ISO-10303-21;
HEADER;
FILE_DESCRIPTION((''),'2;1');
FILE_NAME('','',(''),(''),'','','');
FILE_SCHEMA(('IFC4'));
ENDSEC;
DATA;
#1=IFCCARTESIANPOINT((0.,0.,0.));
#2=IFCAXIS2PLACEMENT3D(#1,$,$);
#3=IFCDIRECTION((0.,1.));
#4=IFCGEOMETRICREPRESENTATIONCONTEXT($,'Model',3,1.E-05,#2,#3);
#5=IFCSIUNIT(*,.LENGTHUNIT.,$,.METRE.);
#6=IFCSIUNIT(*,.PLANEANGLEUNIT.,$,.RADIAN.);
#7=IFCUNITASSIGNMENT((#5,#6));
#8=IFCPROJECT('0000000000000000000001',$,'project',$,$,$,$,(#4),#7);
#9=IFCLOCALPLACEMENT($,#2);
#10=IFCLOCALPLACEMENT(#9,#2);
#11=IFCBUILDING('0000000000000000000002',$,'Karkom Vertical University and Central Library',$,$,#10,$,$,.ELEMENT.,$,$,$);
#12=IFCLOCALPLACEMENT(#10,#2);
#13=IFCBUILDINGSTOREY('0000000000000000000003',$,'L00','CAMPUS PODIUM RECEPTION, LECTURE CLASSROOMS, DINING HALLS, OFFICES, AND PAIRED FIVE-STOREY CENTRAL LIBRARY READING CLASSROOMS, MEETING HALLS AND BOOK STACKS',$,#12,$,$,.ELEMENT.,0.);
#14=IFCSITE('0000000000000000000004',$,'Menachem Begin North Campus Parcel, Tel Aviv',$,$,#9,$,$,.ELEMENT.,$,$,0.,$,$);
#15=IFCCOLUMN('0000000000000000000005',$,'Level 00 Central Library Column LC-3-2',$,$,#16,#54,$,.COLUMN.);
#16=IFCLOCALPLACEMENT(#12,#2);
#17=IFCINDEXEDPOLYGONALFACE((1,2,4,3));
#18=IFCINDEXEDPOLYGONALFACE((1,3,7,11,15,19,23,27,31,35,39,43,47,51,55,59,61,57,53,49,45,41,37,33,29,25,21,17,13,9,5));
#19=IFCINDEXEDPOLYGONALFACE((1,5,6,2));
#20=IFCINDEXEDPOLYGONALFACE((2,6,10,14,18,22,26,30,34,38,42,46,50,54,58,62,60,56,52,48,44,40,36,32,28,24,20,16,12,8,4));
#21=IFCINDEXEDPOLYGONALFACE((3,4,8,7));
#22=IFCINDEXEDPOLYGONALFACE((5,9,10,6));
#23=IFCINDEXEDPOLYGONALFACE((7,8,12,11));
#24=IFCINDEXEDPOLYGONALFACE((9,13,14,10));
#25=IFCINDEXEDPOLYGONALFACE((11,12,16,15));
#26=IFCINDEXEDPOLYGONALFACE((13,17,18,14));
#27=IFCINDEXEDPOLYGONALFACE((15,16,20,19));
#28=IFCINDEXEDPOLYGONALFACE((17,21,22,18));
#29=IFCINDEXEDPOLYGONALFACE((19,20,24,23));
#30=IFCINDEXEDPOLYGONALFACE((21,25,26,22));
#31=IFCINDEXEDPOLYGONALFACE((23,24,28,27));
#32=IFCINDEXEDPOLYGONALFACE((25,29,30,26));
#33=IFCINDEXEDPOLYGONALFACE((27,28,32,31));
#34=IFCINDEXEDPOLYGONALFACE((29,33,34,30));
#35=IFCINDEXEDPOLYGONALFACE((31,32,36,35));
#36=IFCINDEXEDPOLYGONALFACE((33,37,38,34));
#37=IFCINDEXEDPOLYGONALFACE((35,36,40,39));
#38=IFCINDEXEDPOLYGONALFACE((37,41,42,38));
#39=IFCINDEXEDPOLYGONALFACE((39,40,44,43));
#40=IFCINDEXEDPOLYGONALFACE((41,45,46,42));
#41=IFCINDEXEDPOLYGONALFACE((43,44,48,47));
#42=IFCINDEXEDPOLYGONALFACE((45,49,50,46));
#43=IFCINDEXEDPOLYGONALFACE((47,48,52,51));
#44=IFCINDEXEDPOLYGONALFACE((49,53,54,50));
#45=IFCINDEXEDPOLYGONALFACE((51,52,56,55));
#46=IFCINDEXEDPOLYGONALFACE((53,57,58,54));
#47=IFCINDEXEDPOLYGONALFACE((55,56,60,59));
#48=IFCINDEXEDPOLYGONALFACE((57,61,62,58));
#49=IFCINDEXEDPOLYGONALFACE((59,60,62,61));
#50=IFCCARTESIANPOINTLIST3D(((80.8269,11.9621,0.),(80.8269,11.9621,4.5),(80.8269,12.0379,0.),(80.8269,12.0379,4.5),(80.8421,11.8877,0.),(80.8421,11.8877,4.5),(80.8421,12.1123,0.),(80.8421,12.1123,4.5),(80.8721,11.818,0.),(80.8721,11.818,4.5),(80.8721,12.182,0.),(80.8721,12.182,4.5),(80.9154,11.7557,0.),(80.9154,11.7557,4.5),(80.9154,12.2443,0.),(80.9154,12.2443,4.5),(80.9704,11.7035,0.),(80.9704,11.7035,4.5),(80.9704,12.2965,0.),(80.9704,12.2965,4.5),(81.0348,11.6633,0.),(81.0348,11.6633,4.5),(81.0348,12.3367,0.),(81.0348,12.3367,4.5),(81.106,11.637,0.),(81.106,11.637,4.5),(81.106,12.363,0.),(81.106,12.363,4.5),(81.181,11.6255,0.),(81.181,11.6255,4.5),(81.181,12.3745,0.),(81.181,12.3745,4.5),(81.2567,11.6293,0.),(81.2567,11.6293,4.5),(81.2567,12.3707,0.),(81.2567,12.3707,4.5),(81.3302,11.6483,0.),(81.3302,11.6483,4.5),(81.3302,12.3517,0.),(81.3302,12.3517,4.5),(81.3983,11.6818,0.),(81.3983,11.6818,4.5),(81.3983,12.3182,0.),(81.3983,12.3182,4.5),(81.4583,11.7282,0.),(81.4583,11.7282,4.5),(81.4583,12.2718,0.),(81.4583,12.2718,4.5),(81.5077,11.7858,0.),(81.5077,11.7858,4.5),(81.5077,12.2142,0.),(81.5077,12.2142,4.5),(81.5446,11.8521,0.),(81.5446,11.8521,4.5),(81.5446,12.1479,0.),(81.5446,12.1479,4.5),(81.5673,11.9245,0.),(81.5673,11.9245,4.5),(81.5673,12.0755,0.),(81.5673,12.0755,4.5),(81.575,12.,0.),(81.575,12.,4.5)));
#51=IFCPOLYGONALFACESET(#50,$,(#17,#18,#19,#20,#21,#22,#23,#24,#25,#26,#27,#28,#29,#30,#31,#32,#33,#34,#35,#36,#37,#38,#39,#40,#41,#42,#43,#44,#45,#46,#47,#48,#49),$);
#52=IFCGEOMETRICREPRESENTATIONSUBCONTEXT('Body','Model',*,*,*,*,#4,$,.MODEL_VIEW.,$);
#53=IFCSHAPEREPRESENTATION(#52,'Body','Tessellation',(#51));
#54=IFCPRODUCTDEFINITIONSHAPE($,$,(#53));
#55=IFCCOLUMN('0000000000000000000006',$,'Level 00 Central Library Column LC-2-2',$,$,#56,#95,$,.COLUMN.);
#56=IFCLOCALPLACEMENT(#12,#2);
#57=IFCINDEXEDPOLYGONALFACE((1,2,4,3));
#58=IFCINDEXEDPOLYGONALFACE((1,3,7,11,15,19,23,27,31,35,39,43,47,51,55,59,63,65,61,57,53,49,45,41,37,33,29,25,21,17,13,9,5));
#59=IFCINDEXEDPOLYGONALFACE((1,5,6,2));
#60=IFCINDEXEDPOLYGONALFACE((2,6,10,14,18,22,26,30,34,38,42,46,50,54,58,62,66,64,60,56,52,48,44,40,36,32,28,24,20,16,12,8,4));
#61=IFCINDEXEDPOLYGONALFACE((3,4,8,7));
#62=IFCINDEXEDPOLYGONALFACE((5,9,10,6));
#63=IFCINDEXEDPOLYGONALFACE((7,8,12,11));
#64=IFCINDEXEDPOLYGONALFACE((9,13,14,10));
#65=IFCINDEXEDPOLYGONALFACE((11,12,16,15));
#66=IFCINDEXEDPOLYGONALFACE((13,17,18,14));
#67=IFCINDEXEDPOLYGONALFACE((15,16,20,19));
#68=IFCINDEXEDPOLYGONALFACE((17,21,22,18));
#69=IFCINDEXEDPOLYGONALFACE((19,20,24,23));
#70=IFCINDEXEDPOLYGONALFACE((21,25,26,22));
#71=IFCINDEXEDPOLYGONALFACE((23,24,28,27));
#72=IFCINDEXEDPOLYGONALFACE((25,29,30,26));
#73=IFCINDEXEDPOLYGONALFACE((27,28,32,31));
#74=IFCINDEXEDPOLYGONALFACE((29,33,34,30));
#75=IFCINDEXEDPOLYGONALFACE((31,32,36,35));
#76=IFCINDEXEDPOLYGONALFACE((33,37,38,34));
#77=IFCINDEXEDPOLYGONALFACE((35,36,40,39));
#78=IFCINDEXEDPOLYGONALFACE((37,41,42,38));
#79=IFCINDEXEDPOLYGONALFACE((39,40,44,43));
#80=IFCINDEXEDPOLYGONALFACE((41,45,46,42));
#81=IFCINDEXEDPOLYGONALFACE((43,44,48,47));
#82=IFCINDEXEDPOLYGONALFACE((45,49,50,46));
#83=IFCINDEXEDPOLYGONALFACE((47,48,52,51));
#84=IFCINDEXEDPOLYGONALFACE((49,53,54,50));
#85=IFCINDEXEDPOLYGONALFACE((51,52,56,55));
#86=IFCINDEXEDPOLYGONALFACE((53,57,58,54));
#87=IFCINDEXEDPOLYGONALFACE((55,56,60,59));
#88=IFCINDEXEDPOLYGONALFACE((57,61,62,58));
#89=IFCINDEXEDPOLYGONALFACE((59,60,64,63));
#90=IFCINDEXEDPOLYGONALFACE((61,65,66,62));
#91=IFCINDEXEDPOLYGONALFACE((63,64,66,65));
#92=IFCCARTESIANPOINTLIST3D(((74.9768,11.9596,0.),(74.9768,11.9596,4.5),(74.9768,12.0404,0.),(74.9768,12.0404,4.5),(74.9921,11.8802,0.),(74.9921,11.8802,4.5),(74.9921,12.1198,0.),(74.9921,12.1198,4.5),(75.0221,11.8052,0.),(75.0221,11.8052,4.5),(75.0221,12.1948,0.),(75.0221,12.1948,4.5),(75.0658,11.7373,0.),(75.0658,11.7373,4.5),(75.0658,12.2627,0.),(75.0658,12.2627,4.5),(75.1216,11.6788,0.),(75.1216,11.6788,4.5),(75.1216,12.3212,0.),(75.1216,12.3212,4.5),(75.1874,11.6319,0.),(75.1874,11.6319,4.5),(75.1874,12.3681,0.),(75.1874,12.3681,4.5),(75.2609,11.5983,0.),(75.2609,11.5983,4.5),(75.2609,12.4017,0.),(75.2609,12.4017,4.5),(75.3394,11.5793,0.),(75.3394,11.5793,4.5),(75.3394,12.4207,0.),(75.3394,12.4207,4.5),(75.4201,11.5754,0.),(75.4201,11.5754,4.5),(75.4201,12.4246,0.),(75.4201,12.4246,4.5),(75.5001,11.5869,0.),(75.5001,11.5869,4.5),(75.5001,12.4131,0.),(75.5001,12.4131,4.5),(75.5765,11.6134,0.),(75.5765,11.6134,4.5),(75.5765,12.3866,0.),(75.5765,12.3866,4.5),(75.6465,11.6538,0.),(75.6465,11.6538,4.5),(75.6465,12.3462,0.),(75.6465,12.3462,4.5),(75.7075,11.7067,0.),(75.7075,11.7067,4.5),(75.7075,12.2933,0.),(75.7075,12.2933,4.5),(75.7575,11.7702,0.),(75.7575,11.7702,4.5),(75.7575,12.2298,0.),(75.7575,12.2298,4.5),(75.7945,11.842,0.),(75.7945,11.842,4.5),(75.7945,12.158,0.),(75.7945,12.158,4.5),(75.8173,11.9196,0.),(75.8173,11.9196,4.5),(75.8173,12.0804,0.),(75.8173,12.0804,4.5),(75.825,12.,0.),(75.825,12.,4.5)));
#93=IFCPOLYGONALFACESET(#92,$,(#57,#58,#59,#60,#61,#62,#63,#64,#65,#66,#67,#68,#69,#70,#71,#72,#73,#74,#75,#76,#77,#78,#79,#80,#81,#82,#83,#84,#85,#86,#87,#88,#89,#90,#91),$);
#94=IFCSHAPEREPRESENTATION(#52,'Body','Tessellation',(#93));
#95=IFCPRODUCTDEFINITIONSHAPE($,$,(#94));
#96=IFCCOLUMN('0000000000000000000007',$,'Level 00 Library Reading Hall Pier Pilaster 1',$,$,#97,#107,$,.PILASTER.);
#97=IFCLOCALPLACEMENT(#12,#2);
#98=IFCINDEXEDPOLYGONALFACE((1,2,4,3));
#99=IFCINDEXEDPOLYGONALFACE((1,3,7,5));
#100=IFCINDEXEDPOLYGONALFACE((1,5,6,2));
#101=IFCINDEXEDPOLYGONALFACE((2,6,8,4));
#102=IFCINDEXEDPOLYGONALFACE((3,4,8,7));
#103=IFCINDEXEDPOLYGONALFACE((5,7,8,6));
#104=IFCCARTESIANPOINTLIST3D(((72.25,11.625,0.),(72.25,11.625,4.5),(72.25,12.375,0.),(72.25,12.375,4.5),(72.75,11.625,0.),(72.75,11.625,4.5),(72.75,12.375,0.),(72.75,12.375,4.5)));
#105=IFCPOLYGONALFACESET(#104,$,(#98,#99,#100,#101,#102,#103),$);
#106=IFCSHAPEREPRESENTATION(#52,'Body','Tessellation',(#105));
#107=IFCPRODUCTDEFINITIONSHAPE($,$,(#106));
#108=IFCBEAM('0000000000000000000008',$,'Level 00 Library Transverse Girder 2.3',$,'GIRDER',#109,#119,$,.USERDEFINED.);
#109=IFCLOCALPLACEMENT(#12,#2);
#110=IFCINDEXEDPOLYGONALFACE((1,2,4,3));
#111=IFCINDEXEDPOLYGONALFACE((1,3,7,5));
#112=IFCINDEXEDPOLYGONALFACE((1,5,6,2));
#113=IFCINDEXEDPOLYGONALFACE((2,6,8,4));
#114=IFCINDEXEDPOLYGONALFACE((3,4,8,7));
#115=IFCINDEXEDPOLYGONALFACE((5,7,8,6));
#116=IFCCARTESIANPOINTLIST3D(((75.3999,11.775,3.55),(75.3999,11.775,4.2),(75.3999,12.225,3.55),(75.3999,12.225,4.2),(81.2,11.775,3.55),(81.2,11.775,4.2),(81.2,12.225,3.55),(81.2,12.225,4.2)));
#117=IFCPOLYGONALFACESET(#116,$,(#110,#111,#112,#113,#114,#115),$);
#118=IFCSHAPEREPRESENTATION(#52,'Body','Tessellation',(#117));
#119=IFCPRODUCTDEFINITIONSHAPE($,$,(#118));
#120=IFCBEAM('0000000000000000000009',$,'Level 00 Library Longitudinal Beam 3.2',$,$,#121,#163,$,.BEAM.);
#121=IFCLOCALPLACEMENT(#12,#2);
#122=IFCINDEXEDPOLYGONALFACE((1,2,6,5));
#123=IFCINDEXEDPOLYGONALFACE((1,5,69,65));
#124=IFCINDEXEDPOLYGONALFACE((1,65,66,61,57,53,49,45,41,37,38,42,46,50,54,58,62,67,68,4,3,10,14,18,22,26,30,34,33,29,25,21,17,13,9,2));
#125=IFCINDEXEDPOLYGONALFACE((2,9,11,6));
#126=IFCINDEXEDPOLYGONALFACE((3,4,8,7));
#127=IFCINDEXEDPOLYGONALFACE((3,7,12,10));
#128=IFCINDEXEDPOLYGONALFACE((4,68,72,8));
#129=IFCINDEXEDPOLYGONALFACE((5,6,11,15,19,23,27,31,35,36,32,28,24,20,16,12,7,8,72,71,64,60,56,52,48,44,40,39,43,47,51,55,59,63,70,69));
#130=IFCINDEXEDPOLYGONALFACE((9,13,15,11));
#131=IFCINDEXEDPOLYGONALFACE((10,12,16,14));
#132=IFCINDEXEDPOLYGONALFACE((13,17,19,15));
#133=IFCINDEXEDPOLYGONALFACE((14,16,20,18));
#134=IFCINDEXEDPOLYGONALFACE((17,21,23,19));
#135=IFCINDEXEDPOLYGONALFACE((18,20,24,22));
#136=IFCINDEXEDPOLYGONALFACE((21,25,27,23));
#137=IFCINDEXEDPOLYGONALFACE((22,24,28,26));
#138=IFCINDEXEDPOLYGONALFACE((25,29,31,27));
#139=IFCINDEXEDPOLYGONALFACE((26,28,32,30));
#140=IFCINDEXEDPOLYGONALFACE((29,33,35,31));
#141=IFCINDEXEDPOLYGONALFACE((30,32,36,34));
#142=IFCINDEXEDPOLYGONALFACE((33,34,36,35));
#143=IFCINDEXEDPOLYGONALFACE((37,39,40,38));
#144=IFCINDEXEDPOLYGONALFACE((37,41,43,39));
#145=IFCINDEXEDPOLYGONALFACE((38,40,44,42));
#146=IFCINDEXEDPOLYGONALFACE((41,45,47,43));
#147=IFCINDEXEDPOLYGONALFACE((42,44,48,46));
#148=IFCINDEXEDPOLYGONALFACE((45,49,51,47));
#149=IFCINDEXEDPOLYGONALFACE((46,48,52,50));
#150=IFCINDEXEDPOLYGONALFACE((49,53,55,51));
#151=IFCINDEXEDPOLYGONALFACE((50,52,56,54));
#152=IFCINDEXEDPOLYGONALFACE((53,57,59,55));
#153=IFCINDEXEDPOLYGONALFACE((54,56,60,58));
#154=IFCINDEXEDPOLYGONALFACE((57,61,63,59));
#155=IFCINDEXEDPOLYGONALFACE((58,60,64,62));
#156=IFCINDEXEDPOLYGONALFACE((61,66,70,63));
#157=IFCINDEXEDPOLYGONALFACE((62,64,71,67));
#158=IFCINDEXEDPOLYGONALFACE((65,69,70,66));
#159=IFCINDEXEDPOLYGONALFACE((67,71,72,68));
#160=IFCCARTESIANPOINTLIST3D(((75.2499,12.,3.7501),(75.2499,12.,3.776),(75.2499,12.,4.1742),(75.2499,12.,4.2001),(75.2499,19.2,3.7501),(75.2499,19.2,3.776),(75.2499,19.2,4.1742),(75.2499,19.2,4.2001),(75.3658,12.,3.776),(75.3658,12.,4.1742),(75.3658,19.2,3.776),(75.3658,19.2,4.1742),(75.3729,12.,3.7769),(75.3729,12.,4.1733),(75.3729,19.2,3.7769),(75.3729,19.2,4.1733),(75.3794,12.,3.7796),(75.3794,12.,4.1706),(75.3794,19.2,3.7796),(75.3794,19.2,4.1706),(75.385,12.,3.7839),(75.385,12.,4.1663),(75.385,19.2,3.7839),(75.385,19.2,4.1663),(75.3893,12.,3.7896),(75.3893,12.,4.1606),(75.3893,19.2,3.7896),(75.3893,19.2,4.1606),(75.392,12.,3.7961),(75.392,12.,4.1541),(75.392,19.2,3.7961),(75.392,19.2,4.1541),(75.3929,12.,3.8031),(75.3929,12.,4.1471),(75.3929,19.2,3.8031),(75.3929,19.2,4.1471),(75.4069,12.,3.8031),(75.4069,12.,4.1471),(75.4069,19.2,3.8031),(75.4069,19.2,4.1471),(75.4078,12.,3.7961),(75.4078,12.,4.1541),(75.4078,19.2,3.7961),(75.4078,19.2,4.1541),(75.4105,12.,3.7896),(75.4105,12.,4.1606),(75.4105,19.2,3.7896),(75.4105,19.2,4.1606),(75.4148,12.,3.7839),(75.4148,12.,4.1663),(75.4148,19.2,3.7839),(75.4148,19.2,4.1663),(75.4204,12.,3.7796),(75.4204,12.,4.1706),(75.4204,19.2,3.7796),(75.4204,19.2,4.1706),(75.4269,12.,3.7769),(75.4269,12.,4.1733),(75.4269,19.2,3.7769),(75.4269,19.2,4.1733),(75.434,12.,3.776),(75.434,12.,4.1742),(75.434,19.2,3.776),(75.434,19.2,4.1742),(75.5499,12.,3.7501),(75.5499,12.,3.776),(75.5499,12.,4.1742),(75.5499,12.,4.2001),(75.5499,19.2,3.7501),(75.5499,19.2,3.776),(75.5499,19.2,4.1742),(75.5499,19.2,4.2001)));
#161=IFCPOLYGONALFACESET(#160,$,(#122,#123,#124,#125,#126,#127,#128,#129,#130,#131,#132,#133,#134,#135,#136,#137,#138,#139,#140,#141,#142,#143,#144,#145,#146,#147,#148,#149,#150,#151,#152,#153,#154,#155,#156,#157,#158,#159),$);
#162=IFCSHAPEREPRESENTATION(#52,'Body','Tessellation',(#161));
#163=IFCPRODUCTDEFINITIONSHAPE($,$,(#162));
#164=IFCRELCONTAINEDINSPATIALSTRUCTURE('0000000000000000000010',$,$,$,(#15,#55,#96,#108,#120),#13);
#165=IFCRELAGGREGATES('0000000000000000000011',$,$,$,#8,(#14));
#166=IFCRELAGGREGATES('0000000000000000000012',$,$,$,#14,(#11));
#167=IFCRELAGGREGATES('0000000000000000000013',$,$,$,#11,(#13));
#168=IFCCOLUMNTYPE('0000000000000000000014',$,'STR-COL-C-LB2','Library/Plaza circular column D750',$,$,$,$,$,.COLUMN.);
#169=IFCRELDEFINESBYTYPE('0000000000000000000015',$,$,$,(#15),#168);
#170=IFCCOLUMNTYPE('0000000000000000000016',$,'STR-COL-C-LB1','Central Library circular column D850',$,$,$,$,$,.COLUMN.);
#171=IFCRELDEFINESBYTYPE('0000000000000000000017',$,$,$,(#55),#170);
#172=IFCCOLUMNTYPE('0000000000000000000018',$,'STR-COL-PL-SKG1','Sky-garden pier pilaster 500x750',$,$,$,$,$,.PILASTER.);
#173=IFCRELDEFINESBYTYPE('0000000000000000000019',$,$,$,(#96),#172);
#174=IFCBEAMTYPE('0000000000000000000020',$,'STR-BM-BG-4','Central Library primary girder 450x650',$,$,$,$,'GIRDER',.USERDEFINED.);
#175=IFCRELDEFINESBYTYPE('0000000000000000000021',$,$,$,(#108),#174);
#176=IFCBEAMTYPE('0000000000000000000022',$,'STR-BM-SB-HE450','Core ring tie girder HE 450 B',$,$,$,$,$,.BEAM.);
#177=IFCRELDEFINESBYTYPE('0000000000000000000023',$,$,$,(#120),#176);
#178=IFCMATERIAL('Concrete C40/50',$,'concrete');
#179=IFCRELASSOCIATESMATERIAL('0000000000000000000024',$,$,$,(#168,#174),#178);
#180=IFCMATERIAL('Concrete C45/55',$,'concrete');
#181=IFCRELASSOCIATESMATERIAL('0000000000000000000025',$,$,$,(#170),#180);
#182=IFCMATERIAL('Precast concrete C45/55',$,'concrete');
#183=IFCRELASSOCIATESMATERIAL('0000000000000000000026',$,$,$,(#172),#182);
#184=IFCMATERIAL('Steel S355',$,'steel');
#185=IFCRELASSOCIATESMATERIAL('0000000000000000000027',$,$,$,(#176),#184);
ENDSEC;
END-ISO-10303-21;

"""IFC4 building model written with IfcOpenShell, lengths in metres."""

from ifc_helpers import new_model, si_unit, direction, frame, origin, origin_with_axes, origin_2d, place, context, subcontext, project, spatial, rectangle, circle, i_section, extrude, source, transform, mapped, material, material_profile, profile_set, type_object, element, save


model = new_model("IFC4")

# Units and contexts
model_context = context("Model", 3, precision=1e-05, world=origin(), true_north=direction((0.0, 1.0)))
body_context = subcontext(model_context, "Body", "Model", "MODEL_VIEW")
ifc_project = project(units=[si_unit("LENGTHUNIT", "METRE"), si_unit("PLANEANGLEUNIT", "RADIAN")], contexts=[model_context])

# Site, building, storey
site_placement = place(None, origin())
site = spatial("IfcSite", under=ifc_project, at=site_placement, Name="Menachem Begin North Campus Parcel, Tel Aviv", CompositionType="ELEMENT", RefElevation=0.0)
building_placement = place(site_placement, origin())
building = spatial("IfcBuilding", under=site, at=building_placement, Name="Karkom Vertical University and Central Library", CompositionType="ELEMENT")
storey_placement = place(building_placement, origin())
storey = spatial("IfcBuildingStorey", under=building, at=storey_placement, Name="L00", Description="CAMPUS PODIUM RECEPTION, LECTURE CLASSROOMS, DINING HALLS, OFFICES, AND PAIRED FIVE-STOREY CENTRAL LIBRARY READING CLASSROOMS, MEETING HALLS AND BOOK STACKS", CompositionType="ELEMENT", Elevation=0.0)

# Columns
ifc_material_1 = material(Name="Concrete C40/50", Category="concrete")
ifc_material_profile_1 = material_profile(ifc_material_1, circle(Radius=0.375, at=origin_2d()), Name="RC-D750")
ifc_profile_set_1 = profile_set([ifc_material_profile_1], Name="Concrete C40/50")
column_type_1 = type_object("IfcColumnType", Name="STR-COL-C-LB2", Description="Library/Plaza circular column D750", PredefinedType="COLUMN", material=ifc_profile_set_1)
shared_shape_1 = source(origin_with_axes(), body_context, "Body", "SweptSolid", [
    extrude(circle(Radius=0.375, at=origin_2d()), origin(), (0.0, 0.0, 1.0), 4.5),
])
column_1_placement = place(storey_placement, frame((81.2, 12.0, 0.0), z_axis=(0.0, 0.0, 1.0), x_axis=(1.0, 0.0, 0.0)))
element("IfcColumn", 1, at=column_1_placement, inside=storey, type_object=column_type_1, Name="Level 00 Central Library Column LC-3-2", PredefinedType="COLUMN", context=body_context, shape_type="MappedRepresentation", body=[
    mapped(shared_shape_1, transform((0.0, 0.0, 0.0), scale=1.0)),
])
ifc_material_2 = material(Name="Concrete C45/55", Category="concrete")
ifc_material_profile_2 = material_profile(ifc_material_2, circle(Radius=0.425, at=origin_2d()), Name="RC-D850")
ifc_profile_set_2 = profile_set([ifc_material_profile_2], Name="Concrete C45/55")
column_type_2 = type_object("IfcColumnType", Name="STR-COL-C-LB1", Description="Central Library circular column D850", PredefinedType="COLUMN", material=ifc_profile_set_2)
shared_shape_2 = source(origin_with_axes(), body_context, "Body", "SweptSolid", [
    extrude(circle(Radius=0.425, at=origin_2d()), origin(), (0.0, 0.0, 1.0), 4.5),
])
column_2_placement = place(storey_placement, frame((75.3999, 12.0, 0.0), z_axis=(0.0, 0.0, 1.0), x_axis=(1.0, 0.0, 0.0)))
element("IfcColumn", 2, at=column_2_placement, inside=storey, type_object=column_type_2, Name="Level 00 Central Library Column LC-2-2", PredefinedType="COLUMN", context=body_context, shape_type="MappedRepresentation", body=[
    mapped(shared_shape_2, transform((0.0, 0.0, 0.0), scale=1.0)),
])
ifc_material_3 = material(Name="Precast concrete C45/55", Category="concrete")
ifc_material_profile_3 = material_profile(ifc_material_3, rectangle(XDim=0.5, YDim=0.75, at=origin_2d()), Name="PIL-500x750")
ifc_profile_set_3 = profile_set([ifc_material_profile_3], Name="Precast concrete C45/55")
column_type_3 = type_object("IfcColumnType", Name="STR-COL-PL-SKG1", Description="Sky-garden pier pilaster 500x750", PredefinedType="PILASTER", material=ifc_profile_set_3)
shared_shape_3 = source(origin_with_axes(), body_context, "Body", "SweptSolid", [
    extrude(rectangle(XDim=0.5, YDim=0.75, at=origin_2d()), origin(), (0.0, 0.0, 1.0), 4.5),
])
column_3_placement = place(storey_placement, frame((72.5, 12.0, 0.0), z_axis=(0.0, 0.0, 1.0), x_axis=(1.0, 0.0, 0.0)))
element("IfcColumn", 3, at=column_3_placement, inside=storey, type_object=column_type_3, Name="Level 00 Library Reading Hall Pier Pilaster 1", PredefinedType="PILASTER", context=body_context, shape_type="MappedRepresentation", body=[
    mapped(shared_shape_3, transform((0.0, 0.0, 0.0), scale=1.0)),
])

# Beams
ifc_material_profile_4 = material_profile(ifc_material_1, rectangle(XDim=0.45, YDim=0.6499, at=origin_2d()), Name="RCB-450x650")
ifc_profile_set_4 = profile_set([ifc_material_profile_4], Name="Concrete C40/50")
beam_type_1 = type_object("IfcBeamType", Name="STR-BM-BG-4", Description="Central Library primary girder 450x650", ElementType="GIRDER", PredefinedType="USERDEFINED", material=ifc_profile_set_4)
shared_shape_4 = source(origin_with_axes(), body_context, "Body", "SweptSolid", [
    extrude(rectangle(XDim=0.45, YDim=0.6499, at=origin_2d()), origin(), (0.0, 0.0, 1.0), 5.8),
])
beam_placement = place(storey_placement, frame((75.3999, 12.0, 3.875), z_axis=(1.0, 0.0, 0.0), x_axis=(0.0, 1.0, 0.0)))
element("IfcBeam", 4, at=beam_placement, inside=storey, type_object=beam_type_1, Name="Level 00 Library Transverse Girder 2.3", ObjectType="GIRDER", PredefinedType="USERDEFINED", context=body_context, shape_type="MappedRepresentation", body=[
    mapped(shared_shape_4, transform((0.0, 0.0, 0.0), scale=1.0)),
])
ifc_material_4 = material(Name="Steel S355", Category="steel")
ifc_material_profile_5 = material_profile(ifc_material_4, i_section(OverallWidth=0.3, OverallDepth=0.45, WebThickness=0.0139, FlangeThickness=0.0259, FilletRadius=0.0271, at=origin_2d()), Name="HE 450 B")
ifc_profile_set_5 = profile_set([ifc_material_profile_5], Name="Steel S355")
beam_type_2 = type_object("IfcBeamType", Name="STR-BM-SB-HE450", Description="Core ring tie girder HE 450 B", PredefinedType="BEAM", material=ifc_profile_set_5)
shared_shape_5 = source(origin_with_axes(), body_context, "Body", "SweptSolid", [
    extrude(i_section(OverallWidth=0.3, OverallDepth=0.45, WebThickness=0.0139, FlangeThickness=0.0259, FilletRadius=0.0271, at=origin_2d()), origin(), (0.0, 0.0, 1.0), 7.2),
])
for number, where, z_axis, x_axis, name in (
    (5, (75.3999, 12.0, 3.9751), (0.0, 1.0, 0.0), (-1.0, 0.0, 0.0), "Level 00 Library Longitudinal Beam 3.2"),
):
    element("IfcBeam", number, at=place(storey_placement, frame(where, z_axis=z_axis, x_axis=x_axis)), inside=storey, type_object=beam_type_2, Name=name, PredefinedType="BEAM", context=body_context, shape_type="MappedRepresentation", body=[
        mapped(shared_shape_5, transform((0.0, 0.0, 0.0), scale=1.0)),
    ])

save(model, "model.ifc")
